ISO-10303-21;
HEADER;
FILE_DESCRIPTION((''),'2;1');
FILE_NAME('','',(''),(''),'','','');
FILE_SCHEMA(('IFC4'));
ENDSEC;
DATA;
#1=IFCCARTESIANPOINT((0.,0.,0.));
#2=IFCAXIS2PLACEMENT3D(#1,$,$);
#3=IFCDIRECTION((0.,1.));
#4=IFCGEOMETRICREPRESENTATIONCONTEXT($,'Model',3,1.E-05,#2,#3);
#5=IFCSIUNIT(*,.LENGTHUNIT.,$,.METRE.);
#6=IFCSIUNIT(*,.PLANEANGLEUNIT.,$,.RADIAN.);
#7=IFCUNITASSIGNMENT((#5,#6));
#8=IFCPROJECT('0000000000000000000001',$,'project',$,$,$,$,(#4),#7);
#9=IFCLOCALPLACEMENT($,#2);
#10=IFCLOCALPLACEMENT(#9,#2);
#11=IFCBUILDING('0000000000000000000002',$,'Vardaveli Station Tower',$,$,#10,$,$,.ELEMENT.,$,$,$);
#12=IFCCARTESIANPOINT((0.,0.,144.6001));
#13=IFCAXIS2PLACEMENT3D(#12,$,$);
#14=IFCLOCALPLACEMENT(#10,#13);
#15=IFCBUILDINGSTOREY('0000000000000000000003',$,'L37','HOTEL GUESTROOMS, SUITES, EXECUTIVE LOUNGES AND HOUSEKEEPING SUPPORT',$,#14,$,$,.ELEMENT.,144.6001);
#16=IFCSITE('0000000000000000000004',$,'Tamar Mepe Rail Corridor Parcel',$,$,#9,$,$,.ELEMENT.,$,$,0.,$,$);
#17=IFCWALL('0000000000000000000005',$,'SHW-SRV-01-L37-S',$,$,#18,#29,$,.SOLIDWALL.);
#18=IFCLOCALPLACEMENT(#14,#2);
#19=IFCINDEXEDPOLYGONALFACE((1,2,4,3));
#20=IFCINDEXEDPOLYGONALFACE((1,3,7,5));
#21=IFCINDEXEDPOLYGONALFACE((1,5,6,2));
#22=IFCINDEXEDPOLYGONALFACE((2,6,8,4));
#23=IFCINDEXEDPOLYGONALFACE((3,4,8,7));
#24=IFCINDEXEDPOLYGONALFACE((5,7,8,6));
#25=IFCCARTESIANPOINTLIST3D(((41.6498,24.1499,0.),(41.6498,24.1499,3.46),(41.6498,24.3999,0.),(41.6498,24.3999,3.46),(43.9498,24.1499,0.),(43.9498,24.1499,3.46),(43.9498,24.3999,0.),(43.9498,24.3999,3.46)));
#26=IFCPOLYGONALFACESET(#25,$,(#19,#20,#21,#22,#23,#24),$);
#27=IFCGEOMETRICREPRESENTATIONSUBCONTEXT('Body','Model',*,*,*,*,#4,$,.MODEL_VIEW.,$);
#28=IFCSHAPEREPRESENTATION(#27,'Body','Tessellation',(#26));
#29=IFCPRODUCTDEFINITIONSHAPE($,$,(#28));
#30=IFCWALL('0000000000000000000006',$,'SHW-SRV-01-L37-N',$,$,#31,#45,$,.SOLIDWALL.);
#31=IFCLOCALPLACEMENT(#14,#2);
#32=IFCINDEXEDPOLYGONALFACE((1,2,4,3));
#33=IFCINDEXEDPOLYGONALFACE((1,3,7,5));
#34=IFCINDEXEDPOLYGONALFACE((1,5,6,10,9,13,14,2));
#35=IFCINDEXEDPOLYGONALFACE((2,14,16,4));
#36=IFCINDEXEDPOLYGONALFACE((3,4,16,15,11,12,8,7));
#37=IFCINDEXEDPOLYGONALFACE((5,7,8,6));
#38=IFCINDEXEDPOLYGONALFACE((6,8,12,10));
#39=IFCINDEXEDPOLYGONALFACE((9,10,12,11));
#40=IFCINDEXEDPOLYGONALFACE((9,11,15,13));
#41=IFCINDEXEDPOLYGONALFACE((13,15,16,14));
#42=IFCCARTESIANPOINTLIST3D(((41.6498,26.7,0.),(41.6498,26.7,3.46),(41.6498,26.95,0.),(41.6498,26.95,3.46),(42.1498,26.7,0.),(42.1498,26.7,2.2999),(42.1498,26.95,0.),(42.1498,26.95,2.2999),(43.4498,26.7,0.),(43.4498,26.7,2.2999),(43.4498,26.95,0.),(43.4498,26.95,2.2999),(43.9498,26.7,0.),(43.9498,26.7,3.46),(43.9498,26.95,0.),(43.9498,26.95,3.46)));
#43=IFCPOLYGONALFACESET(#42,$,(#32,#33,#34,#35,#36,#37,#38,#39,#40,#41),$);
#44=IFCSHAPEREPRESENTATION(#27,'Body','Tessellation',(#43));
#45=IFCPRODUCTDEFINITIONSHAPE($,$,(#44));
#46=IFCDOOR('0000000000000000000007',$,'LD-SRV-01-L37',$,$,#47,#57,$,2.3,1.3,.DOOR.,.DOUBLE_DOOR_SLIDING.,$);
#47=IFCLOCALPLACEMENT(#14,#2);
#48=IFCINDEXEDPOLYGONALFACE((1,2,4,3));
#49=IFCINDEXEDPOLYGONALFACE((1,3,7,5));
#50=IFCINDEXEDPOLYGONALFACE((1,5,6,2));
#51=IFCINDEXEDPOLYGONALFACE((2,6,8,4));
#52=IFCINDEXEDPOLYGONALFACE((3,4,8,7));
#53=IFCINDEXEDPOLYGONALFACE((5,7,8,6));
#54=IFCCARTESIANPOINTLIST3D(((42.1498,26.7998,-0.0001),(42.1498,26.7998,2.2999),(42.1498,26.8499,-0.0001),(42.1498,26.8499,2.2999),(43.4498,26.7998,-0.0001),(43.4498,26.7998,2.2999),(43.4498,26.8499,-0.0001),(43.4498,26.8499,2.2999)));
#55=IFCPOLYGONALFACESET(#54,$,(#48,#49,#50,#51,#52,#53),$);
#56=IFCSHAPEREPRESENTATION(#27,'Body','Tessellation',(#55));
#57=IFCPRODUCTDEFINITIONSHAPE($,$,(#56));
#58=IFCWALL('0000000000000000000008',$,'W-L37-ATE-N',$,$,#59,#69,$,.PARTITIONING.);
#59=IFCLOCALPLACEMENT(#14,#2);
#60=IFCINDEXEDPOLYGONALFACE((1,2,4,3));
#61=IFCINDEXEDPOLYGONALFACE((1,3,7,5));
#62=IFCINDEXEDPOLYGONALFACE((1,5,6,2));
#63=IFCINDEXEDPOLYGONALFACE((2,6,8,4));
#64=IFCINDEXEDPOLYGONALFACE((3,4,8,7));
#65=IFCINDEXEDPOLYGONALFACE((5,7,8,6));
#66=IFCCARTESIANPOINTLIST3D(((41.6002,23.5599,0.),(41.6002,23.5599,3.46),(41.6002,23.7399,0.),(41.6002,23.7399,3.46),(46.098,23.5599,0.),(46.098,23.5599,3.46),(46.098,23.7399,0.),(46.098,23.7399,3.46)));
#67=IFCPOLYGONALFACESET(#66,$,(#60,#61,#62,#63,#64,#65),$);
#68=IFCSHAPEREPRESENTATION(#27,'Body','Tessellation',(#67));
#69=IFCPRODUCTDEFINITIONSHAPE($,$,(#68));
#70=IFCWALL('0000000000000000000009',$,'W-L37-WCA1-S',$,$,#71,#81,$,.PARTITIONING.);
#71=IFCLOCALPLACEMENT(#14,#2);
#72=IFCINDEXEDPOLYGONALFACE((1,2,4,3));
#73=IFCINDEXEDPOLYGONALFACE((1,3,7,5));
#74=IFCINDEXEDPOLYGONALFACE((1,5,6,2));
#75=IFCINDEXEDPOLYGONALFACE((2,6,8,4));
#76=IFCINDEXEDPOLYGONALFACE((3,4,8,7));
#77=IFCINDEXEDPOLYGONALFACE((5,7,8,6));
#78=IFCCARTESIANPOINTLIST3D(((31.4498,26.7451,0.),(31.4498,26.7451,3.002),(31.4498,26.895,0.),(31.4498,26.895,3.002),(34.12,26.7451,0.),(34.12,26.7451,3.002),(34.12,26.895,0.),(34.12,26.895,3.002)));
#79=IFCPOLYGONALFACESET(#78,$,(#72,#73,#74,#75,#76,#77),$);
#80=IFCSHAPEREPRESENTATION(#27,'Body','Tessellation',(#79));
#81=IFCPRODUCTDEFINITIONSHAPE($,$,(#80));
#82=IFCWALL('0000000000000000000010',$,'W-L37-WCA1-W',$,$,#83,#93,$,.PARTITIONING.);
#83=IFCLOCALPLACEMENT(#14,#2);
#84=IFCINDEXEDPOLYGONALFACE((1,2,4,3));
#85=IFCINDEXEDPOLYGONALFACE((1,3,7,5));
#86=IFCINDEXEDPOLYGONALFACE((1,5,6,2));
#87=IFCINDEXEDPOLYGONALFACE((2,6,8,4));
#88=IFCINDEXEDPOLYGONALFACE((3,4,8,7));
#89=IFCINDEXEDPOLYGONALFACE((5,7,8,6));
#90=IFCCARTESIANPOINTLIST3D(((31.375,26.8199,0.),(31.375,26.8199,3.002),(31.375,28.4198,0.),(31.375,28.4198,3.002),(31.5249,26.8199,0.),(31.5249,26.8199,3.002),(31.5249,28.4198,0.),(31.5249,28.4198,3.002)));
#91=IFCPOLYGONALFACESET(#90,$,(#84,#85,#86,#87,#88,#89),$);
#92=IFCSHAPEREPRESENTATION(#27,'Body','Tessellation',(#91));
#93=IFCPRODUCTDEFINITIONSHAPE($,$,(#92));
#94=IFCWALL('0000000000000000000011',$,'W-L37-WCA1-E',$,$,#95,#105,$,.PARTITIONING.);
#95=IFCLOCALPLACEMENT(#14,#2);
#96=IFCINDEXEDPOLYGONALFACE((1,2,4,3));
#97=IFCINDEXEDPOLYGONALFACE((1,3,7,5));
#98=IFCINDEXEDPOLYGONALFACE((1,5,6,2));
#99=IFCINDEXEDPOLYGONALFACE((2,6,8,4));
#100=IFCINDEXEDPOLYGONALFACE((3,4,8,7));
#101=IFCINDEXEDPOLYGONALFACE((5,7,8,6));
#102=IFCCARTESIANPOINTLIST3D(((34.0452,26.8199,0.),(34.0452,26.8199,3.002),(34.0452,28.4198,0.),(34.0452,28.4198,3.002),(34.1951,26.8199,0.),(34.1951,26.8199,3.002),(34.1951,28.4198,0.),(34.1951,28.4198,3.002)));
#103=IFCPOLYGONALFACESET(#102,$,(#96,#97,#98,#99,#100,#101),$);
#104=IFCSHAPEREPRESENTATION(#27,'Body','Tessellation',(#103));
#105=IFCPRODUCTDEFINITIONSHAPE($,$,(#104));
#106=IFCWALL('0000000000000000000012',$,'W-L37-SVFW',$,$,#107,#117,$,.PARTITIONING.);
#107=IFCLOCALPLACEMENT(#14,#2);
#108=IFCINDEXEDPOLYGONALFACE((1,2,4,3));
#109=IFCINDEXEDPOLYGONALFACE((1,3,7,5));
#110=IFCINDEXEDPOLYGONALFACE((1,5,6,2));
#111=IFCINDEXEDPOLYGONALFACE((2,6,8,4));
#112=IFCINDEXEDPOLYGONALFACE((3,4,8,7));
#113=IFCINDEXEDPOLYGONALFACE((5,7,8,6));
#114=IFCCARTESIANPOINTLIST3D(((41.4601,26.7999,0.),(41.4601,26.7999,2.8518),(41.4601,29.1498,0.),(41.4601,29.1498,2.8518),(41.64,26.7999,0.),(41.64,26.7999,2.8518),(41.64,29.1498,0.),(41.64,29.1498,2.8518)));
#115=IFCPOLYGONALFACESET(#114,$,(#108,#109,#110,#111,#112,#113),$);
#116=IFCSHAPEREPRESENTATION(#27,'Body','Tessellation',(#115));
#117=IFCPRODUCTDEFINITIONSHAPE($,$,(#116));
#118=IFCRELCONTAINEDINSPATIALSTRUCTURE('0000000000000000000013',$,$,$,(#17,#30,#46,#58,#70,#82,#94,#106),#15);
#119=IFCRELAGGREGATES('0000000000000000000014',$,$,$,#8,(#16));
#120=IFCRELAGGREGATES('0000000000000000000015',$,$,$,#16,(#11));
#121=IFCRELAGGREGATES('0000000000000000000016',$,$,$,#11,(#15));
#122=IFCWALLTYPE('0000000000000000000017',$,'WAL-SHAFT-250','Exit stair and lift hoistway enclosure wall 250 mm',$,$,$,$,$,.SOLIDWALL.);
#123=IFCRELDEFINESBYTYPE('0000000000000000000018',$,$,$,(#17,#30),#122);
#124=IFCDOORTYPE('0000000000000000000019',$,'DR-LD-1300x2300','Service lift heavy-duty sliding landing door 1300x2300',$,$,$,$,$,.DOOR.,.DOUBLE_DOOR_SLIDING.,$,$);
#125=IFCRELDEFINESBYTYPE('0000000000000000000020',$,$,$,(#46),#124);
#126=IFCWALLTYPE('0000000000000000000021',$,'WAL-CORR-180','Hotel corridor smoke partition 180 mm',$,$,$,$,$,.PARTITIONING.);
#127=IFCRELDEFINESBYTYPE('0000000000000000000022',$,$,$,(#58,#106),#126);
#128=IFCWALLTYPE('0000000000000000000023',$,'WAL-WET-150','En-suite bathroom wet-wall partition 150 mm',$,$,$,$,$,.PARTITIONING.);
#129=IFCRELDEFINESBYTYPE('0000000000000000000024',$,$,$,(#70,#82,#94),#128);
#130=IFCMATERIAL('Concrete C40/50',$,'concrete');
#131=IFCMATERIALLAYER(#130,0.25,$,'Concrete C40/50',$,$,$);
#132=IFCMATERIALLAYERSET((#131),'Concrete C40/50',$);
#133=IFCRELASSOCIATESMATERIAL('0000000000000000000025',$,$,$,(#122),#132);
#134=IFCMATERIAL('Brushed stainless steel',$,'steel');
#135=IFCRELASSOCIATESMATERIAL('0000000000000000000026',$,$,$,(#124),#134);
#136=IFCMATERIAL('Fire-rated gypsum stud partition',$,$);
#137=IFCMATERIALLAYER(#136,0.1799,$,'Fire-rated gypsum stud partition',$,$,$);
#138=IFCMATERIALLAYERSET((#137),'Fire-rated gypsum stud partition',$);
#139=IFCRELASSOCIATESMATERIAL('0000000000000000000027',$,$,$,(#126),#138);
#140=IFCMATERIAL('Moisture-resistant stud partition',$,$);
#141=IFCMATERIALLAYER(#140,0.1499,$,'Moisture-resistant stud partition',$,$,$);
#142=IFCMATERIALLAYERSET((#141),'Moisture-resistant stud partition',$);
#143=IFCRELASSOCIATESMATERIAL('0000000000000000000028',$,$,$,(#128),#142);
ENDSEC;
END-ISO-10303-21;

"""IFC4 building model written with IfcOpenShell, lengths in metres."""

from ifc_helpers import new_model, si_unit, direction, frame, frame_2d, origin, place, context, subcontext, project, spatial, rectangle, extrude, source, transform, mapped, material, layer, layer_set, type_object, element, fill, save


model = new_model("IFC4")

# Units and contexts
model_context = context("Model", 3, precision=1e-05, world=origin(), true_north=direction((0.0, 1.0)))
body_context = subcontext(model_context, "Body", "Model", "MODEL_VIEW")
ifc_project = project(units=[si_unit("LENGTHUNIT", "METRE"), si_unit("PLANEANGLEUNIT", "RADIAN")], contexts=[model_context])

# Site, building, storey
site_placement = place(None, origin())
site = spatial("IfcSite", under=ifc_project, at=site_placement, Name="Tamar Mepe Rail Corridor Parcel", CompositionType="ELEMENT", RefElevation=0.0)
building_placement = place(site_placement, origin())
building = spatial("IfcBuilding", under=site, at=building_placement, Name="Vardaveli Station Tower", CompositionType="ELEMENT")
storey_placement = place(building_placement, frame((0.0, 0.0, 144.6001)))
storey = spatial("IfcBuildingStorey", under=building, at=storey_placement, Name="L37", Description="HOTEL GUESTROOMS, SUITES, EXECUTIVE LOUNGES AND HOUSEKEEPING SUPPORT", CompositionType="ELEMENT", Elevation=144.6001)

# Wall
ifc_material_1 = material(Name="Concrete C40/50", Category="concrete")
ifc_layer_1 = layer(ifc_material_1, 0.25, Name="Concrete C40/50")
ifc_layer_set_1 = layer_set([ifc_layer_1], Name="Concrete C40/50")
wall_type_1 = type_object("IfcWallType", Name="WAL-SHAFT-250", Description="Exit stair and lift hoistway enclosure wall 250 mm", PredefinedType="SOLIDWALL", material=ifc_layer_set_1)
shared_shape_1 = source(origin(), body_context, "Body", "SweptSolid", [
    extrude(rectangle(XDim=2.3, YDim=0.25, at=frame_2d((1.1499, 0.0))), origin(), (0.0, 0.0, 1.0), 3.46),
])
wall_1_placement = place(storey_placement, frame((41.6499, 24.2749, 0.0), z_axis=(0.0, 0.0, 1.0), x_axis=(1.0, 0.0, 0.0)))
element("IfcWall", 1, at=wall_1_placement, inside=storey, type_object=wall_type_1, Name="SHW-SRV-01-L37-S", PredefinedType="SOLIDWALL", context=body_context, shape_type="MappedRepresentation", body=[
    mapped(shared_shape_1, transform((0.0, 0.0, 0.0), scale=1.0)),
])

# Wall, opening, door
wall_2_placement = place(storey_placement, frame((41.6499, 26.825, 0.0), z_axis=(0.0, 0.0, 1.0), x_axis=(1.0, 0.0, 0.0)))
wall_2 = element("IfcWall", 2, at=wall_2_placement, inside=storey, type_object=wall_type_1, Name="SHW-SRV-01-L37-N", PredefinedType="SOLIDWALL", context=body_context, shape_type="MappedRepresentation", body=[
    mapped(shared_shape_1, transform((0.0, 0.0, 0.0), scale=1.0)),
])
shared_shape_2 = source(origin(), body_context, "Body", "SweptSolid", [
    extrude(rectangle(XDim=1.3, YDim=2.3, at=frame_2d((0.6499, 1.1499))), frame((0.0, 0.135, 0.0), z_axis=(0.0, -1.0, 0.0), x_axis=(1.0, 0.0, 0.0)), (0.0, 0.0, 1.0), 0.27),
])
opening_placement = place(wall_2_placement, frame((0.5, 0.0, 0.0)))
opening = element("IfcOpeningElement", 3, at=opening_placement, cuts=wall_2, PredefinedType="OPENING", context=body_context, shape_type="MappedRepresentation", body=[
    mapped(shared_shape_2, transform((0.0, 0.0, 0.0), scale=1.0)),
])
ifc_material_2 = material(Name="Brushed stainless steel", Category="steel")
door_type = type_object("IfcDoorType", Name="DR-LD-1300x2300", Description="Service lift heavy-duty sliding landing door 1300x2300", OperationType="DOUBLE_DOOR_SLIDING", PredefinedType="DOOR", material=ifc_material_2)
shared_shape_3 = source(origin(), body_context, "Body", "SweptSolid", [
    extrude(rectangle(XDim=1.3, YDim=2.3, at=frame_2d((0.6499, 1.1499))), frame((0.0, 0.0249, 0.0), z_axis=(0.0, -1.0, 0.0), x_axis=(1.0, 0.0, 0.0)), (0.0, 0.0, 1.0), 0.05),
])
door_placement = place(opening_placement, origin())
door = element("IfcDoor", 4, at=door_placement, inside=storey, type_object=door_type, Name="LD-SRV-01-L37", OperationType="DOUBLE_DOOR_SLIDING", OverallHeight=2.3, OverallWidth=1.3, PredefinedType="DOOR", context=body_context, shape_type="MappedRepresentation", body=[
    mapped(shared_shape_3, transform((0.0, 0.0, 0.0), scale=1.0)),
])
fill(opening, door)

# Walls
ifc_material_3 = material(Name="Fire-rated gypsum stud partition")
ifc_layer_2 = layer(ifc_material_3, 0.1799, Name="Fire-rated gypsum stud partition")
ifc_layer_set_2 = layer_set([ifc_layer_2], Name="Fire-rated gypsum stud partition")
wall_type_2 = type_object("IfcWallType", Name="WAL-CORR-180", Description="Hotel corridor smoke partition 180 mm", PredefinedType="PARTITIONING", material=ifc_layer_set_2)
shared_shape_4 = source(origin(), body_context, "Body", "SweptSolid", [
    extrude(rectangle(XDim=4.4978, YDim=0.1799, at=frame_2d((2.249, 0.0))), origin(), (0.0, 0.0, 1.0), 3.46),
])
wall_3_placement = place(storey_placement, frame((41.6001, 23.6499, 0.0), z_axis=(0.0, 0.0, 1.0), x_axis=(1.0, 0.0, 0.0)))
element("IfcWall", 5, at=wall_3_placement, inside=storey, type_object=wall_type_2, Name="W-L37-ATE-N", PredefinedType="PARTITIONING", context=body_context, shape_type="MappedRepresentation", body=[
    mapped(shared_shape_4, transform((0.0, 0.0, 0.0), scale=1.0)),
])
ifc_material_4 = material(Name="Moisture-resistant stud partition")
ifc_layer_3 = layer(ifc_material_4, 0.1499, Name="Moisture-resistant stud partition")
ifc_layer_set_3 = layer_set([ifc_layer_3], Name="Moisture-resistant stud partition")
wall_type_3 = type_object("IfcWallType", Name="WAL-WET-150", Description="En-suite bathroom wet-wall partition 150 mm", PredefinedType="PARTITIONING", material=ifc_layer_set_3)
shared_shape_5 = source(origin(), body_context, "Body", "SweptSolid", [
    extrude(rectangle(XDim=2.6702, YDim=0.1499, at=frame_2d((1.335, 0.0))), origin(), (0.0, 0.0, 1.0), 3.002),
])
wall_4_placement = place(storey_placement, frame((31.45, 26.8201, 0.0), z_axis=(0.0, 0.0, 1.0), x_axis=(1.0, 0.0, 0.0)))
element("IfcWall", 6, at=wall_4_placement, inside=storey, type_object=wall_type_3, Name="W-L37-WCA1-S", PredefinedType="PARTITIONING", context=body_context, shape_type="MappedRepresentation", body=[
    mapped(shared_shape_5, transform((0.0, 0.0, 0.0), scale=1.0)),
])
shared_shape_6 = source(origin(), body_context, "Body", "SweptSolid", [
    extrude(rectangle(XDim=1.5999, YDim=0.1499, at=frame_2d((0.7998, 0.0))), origin(), (0.0, 0.0, 1.0), 3.002),
])
for number, where, z_axis, x_axis, name in (
    (7, (31.45, 26.8201, 0.0), (0.0, 0.0, 1.0), (0.0, 1.0, 0.0), "W-L37-WCA1-W"),
    (8, (34.1201, 26.8201, 0.0), (0.0, 0.0, 1.0), (0.0, 1.0, 0.0), "W-L37-WCA1-E"),
):
    element("IfcWall", number, at=place(storey_placement, frame(where, z_axis=z_axis, x_axis=x_axis)), inside=storey, type_object=wall_type_3, Name=name, PredefinedType="PARTITIONING", context=body_context, shape_type="MappedRepresentation", body=[
        mapped(shared_shape_6, transform((0.0, 0.0, 0.0), scale=1.0)),
    ])
shared_shape_7 = source(origin(), body_context, "Body", "SweptSolid", [
    extrude(rectangle(XDim=2.3499, YDim=0.1799, at=frame_2d((1.1748, 0.0))), origin(), (0.0, 0.0, 1.0), 2.8518),
])
wall_5_placement = place(storey_placement, frame((41.55, 26.8, 0.0), z_axis=(0.0, 0.0, 1.0), x_axis=(0.0, 1.0, 0.0)))
element("IfcWall", 9, at=wall_5_placement, inside=storey, type_object=wall_type_2, Name="W-L37-SVFW", PredefinedType="PARTITIONING", context=body_context, shape_type="MappedRepresentation", body=[
    mapped(shared_shape_7, transform((0.0, 0.0, 0.0), scale=1.0)),
])

save(model, "model.ifc")
